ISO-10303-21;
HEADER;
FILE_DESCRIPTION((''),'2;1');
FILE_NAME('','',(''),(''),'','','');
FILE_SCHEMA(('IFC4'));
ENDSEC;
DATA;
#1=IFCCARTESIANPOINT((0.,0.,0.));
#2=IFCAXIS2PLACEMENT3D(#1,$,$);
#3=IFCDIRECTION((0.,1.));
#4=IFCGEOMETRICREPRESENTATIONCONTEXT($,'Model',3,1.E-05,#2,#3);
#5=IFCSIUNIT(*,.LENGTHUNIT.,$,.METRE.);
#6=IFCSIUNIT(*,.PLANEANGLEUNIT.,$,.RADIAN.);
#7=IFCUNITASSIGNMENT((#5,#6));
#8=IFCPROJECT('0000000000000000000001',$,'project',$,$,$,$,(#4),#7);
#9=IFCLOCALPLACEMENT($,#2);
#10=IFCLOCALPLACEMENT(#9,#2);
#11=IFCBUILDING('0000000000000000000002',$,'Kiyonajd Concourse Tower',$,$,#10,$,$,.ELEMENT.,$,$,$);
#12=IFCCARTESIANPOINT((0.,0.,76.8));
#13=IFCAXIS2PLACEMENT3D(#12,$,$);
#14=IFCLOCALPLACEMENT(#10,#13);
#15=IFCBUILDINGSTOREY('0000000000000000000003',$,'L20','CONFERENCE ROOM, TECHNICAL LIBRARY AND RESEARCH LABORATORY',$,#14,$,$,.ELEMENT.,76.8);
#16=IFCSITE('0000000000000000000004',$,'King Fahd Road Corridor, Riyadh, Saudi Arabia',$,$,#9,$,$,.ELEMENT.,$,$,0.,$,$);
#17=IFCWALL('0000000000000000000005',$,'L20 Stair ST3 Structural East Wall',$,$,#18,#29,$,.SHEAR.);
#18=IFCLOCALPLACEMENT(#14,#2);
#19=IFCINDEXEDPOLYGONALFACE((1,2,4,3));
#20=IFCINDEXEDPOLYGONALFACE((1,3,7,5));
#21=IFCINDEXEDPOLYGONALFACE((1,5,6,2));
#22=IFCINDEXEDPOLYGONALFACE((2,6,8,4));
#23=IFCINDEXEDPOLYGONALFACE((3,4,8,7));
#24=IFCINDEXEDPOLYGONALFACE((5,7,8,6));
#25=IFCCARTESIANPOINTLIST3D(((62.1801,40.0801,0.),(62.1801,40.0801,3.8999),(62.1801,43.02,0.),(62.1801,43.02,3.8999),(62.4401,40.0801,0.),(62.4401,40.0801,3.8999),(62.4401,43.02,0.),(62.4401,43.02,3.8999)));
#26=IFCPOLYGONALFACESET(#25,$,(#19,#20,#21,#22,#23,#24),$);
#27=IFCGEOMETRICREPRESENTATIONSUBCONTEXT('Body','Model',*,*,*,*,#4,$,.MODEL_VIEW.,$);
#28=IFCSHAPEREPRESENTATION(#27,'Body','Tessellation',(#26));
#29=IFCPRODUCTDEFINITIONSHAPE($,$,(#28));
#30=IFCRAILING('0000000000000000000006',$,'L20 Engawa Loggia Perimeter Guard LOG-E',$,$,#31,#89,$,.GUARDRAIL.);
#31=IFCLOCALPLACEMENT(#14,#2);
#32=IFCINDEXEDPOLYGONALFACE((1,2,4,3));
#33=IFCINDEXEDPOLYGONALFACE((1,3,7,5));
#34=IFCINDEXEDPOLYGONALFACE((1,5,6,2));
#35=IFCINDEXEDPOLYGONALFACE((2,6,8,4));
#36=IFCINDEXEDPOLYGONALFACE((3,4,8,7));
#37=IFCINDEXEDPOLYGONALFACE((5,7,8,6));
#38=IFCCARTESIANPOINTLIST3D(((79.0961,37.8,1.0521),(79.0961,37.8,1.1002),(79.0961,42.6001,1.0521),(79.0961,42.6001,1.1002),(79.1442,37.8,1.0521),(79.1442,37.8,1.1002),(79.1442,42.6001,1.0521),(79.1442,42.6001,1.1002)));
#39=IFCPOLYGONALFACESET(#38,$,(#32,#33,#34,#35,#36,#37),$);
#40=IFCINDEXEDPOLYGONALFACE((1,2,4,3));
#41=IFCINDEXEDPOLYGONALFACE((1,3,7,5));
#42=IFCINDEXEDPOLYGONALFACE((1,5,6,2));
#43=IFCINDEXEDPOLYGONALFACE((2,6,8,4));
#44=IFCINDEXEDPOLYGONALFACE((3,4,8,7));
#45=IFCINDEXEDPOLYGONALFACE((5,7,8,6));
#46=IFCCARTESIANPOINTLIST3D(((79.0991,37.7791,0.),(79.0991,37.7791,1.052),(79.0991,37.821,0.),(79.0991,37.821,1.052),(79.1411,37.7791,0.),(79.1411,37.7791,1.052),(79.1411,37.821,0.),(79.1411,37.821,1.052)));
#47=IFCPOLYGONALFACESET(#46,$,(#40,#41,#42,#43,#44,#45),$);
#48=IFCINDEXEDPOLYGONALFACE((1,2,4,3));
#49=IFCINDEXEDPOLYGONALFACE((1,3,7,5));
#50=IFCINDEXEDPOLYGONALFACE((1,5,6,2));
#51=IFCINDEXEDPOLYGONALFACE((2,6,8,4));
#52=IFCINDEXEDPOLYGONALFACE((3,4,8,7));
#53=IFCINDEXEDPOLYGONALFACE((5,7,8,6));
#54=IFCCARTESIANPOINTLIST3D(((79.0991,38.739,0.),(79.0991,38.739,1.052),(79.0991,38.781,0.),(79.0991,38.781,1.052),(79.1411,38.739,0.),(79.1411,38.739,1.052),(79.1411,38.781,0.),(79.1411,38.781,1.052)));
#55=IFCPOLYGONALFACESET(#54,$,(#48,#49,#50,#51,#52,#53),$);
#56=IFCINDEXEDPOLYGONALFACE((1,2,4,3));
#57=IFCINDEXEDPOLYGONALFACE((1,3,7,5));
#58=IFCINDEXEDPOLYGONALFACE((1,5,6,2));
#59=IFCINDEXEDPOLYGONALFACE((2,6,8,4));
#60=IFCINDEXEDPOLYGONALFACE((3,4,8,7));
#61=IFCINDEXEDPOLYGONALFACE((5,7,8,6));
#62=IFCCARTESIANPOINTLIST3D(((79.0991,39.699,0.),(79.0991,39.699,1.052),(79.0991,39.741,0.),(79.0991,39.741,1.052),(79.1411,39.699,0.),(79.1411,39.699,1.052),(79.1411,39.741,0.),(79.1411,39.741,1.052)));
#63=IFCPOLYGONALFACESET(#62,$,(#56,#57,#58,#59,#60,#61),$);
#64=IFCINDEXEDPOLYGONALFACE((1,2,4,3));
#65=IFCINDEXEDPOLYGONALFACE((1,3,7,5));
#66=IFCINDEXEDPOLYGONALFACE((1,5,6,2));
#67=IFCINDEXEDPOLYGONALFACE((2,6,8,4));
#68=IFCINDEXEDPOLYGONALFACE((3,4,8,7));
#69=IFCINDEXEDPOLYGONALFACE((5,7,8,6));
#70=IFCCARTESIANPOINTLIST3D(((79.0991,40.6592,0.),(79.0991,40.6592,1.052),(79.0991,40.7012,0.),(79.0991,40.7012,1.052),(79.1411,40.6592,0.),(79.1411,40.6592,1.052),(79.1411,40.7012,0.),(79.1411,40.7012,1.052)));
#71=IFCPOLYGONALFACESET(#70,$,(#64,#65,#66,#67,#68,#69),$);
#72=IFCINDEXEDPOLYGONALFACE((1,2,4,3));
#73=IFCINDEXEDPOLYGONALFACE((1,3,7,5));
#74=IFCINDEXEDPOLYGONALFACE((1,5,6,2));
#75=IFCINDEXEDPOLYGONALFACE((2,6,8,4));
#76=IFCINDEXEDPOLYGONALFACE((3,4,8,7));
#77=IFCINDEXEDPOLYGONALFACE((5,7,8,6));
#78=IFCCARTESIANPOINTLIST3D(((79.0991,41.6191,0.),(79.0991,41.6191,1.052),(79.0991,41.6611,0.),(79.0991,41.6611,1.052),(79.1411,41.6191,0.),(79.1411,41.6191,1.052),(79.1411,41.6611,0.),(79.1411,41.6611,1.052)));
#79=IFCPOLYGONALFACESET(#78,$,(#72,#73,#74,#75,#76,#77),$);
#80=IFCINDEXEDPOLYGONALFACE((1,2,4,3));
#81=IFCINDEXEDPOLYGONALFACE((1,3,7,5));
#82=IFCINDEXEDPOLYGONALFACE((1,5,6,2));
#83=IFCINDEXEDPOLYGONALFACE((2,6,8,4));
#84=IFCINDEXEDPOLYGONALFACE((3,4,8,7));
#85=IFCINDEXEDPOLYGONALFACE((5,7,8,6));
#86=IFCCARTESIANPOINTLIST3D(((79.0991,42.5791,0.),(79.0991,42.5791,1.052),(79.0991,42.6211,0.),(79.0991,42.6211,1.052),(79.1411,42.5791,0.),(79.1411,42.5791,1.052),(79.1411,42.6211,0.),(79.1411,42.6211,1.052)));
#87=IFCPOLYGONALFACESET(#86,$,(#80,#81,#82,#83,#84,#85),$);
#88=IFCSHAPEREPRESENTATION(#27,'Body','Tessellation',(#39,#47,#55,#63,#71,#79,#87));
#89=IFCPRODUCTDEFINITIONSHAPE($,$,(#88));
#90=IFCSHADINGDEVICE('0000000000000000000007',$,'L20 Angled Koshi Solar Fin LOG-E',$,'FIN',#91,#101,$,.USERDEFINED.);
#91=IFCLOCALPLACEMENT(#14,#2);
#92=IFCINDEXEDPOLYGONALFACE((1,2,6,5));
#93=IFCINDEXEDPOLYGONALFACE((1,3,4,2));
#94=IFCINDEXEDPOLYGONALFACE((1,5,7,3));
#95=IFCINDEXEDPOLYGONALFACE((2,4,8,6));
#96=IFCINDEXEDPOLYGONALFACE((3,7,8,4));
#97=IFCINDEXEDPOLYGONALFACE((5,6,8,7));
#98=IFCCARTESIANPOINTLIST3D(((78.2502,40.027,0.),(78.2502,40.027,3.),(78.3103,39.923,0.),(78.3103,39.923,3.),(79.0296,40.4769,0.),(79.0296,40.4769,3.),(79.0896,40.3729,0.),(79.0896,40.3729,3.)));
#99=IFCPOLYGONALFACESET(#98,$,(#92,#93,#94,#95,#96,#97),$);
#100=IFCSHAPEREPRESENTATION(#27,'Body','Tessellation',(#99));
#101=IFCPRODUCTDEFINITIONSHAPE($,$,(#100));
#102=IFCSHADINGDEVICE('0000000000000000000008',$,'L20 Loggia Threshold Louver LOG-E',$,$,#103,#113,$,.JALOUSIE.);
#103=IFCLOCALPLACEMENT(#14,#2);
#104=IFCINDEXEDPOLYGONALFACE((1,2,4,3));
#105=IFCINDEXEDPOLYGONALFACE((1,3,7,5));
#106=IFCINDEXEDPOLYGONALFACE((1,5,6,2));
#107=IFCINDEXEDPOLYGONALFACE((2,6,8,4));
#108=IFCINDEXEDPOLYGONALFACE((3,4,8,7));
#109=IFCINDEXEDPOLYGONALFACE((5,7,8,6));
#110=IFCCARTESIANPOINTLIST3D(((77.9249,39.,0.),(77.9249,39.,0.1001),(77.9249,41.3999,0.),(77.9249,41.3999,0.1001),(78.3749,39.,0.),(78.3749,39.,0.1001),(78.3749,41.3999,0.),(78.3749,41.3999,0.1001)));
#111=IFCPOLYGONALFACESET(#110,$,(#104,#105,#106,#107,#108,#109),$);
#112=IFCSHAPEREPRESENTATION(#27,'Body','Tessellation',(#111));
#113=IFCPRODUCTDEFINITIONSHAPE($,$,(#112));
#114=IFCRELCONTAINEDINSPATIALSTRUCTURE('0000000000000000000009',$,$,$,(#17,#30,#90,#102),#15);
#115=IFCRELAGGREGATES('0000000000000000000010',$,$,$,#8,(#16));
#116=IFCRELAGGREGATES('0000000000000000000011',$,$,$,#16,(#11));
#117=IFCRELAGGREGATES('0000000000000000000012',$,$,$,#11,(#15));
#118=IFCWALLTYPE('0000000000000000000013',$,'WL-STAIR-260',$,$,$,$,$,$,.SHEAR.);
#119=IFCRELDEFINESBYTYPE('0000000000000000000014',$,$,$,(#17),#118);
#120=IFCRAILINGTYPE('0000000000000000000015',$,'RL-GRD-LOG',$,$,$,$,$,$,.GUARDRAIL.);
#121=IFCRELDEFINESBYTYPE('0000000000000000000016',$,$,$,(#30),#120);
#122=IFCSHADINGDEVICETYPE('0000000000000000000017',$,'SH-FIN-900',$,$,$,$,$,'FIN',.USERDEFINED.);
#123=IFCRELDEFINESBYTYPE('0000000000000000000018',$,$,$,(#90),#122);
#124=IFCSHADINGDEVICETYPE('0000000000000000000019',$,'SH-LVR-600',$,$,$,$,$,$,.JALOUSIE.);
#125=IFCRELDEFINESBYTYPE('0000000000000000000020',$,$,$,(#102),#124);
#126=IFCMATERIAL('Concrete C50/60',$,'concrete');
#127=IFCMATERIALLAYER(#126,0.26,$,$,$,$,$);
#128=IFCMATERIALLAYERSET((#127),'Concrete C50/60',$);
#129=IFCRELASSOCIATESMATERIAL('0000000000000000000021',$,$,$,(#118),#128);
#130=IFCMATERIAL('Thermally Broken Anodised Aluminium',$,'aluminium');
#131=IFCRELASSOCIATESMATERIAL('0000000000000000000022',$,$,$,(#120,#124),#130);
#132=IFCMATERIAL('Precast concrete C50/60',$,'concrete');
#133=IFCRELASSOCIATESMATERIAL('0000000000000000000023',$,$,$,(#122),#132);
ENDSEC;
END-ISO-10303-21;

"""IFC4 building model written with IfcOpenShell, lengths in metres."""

from ifc_helpers import new_model, si_unit, direction, frame, frame_2d, origin, origin_2d, place, context, subcontext, project, spatial, rectangle, extrude, material, layer, layer_set, type_object, element, save


model = new_model("IFC4")

# Units and contexts
model_context = context("Model", 3, precision=1e-05, world=origin(), true_north=direction((0.0, 1.0)))
body_context = subcontext(model_context, "Body", "Model", "MODEL_VIEW")
ifc_project = project(units=[si_unit("LENGTHUNIT", "METRE"), si_unit("PLANEANGLEUNIT", "RADIAN")], contexts=[model_context])

# Site, building, storey
site_placement = place(None, origin())
site = spatial("IfcSite", under=ifc_project, at=site_placement, Name="King Fahd Road Corridor, Riyadh, Saudi Arabia", CompositionType="ELEMENT", RefElevation=0.0)
building_placement = place(site_placement, origin())
building = spatial("IfcBuilding", under=site, at=building_placement, Name="Kiyonajd Concourse Tower", CompositionType="ELEMENT")
storey_placement = place(building_placement, frame((0.0, 0.0, 76.8)))
storey = spatial("IfcBuildingStorey", under=building, at=storey_placement, Name="L20", Description="CONFERENCE ROOM, TECHNICAL LIBRARY AND RESEARCH LABORATORY", CompositionType="ELEMENT", Elevation=76.8)

# Shared definitions
ifc_material_1 = material(Name="Thermally Broken Anodised Aluminium", Category="aluminium")

# Shared definitions
ifc_material_2 = material(Name="Precast concrete C50/60", Category="concrete")

# Wall
ifc_material_3 = material(Name="Concrete C50/60", Category="concrete")
ifc_layer_1 = layer(ifc_material_3, 0.26)
ifc_layer_set_1 = layer_set([ifc_layer_1], Name="Concrete C50/60")
wall_type_1 = type_object("IfcWallType", Name="WL-STAIR-260", PredefinedType="SHEAR", material=ifc_layer_set_1)
wall_1_placement = place(storey_placement, frame((62.3101, 40.0801, 0.0), z_axis=(0.0, 0.0, 1.0), x_axis=(0.0, 1.0, 0.0)))
element("IfcWall", 1, at=wall_1_placement, inside=storey, type_object=wall_type_1, Name="L20 Stair ST3 Structural East Wall", PredefinedType="SHEAR", context=body_context, shape_type="SweptSolid", body=[
    extrude(rectangle(XDim=2.9399, YDim=0.26, at=frame_2d((1.47, 0.0))), origin(), (0.0, 0.0, 1.0), 3.8999),
])

# Railing
railing_type = type_object("IfcRailingType", Name="RL-GRD-LOG", PredefinedType="GUARDRAIL", material=ifc_material_1)
railing_placement = place(storey_placement, frame((79.1201, 37.8, 0.0)))
element("IfcRailing", 2, at=railing_placement, inside=storey, type_object=railing_type, Name="L20 Engawa Loggia Perimeter Guard LOG-E", PredefinedType="GUARDRAIL", context=body_context, shape_type="SweptSolid", body=[
    extrude(rectangle(XDim=0.0481, YDim=0.0481, at=origin_2d()), frame((0.0, 0.0, 1.0762), z_axis=(0.0, 1.0, 0.0), x_axis=(-1.0, 0.0, 0.0)), (0.0, 0.0, 1.0), 4.8),
    extrude(rectangle(XDim=0.042, YDim=0.042, at=origin_2d()), origin(), (0.0, 0.0, 1.0), 1.052),
    extrude(rectangle(XDim=0.042, YDim=0.042, at=origin_2d()), frame((0.0, 0.96, 0.0)), (0.0, 0.0, 1.0), 1.052),
    extrude(rectangle(XDim=0.042, YDim=0.042, at=origin_2d()), frame((0.0, 1.9199, 0.0)), (0.0, 0.0, 1.0), 1.052),
    extrude(rectangle(XDim=0.042, YDim=0.042, at=origin_2d()), frame((0.0, 2.8801, 0.0)), (0.0, 0.0, 1.0), 1.052),
    extrude(rectangle(XDim=0.042, YDim=0.042, at=origin_2d()), frame((0.0, 3.8401, 0.0)), (0.0, 0.0, 1.0), 1.052),
    extrude(rectangle(XDim=0.042, YDim=0.042, at=origin_2d()), frame((0.0, 4.8, 0.0)), (0.0, 0.0, 1.0), 1.052),
])

# Shading devices
shading_device_type_1 = type_object("IfcShadingDeviceType", Name="SH-FIN-900", ElementType="FIN", PredefinedType="USERDEFINED", material=ifc_material_2)
shading_device_1_placement = place(storey_placement, frame((78.6699, 40.2, 0.0), z_axis=(0.0, 0.0, 1.0), x_axis=(0.866025, 0.5, 0.0)))
element("IfcShadingDevice", 3, at=shading_device_1_placement, inside=storey, type_object=shading_device_type_1, Name="L20 Angled Koshi Solar Fin LOG-E", ObjectType="FIN", PredefinedType="USERDEFINED", context=body_context, shape_type="SweptSolid", body=[
    extrude(rectangle(XDim=0.8999, YDim=0.1201, at=origin_2d()), origin(), (0.0, 0.0, 1.0), 3.0),
])
shading_device_type_2 = type_object("IfcShadingDeviceType", Name="SH-LVR-600", PredefinedType="JALOUSIE", material=ifc_material_1)
shading_device_2_placement = place(storey_placement, frame((78.1499, 40.2, 0.0), z_axis=(0.0, 0.0, 1.0), x_axis=(0.0, 1.0, 0.0)))
element("IfcShadingDevice", 4, at=shading_device_2_placement, inside=storey, type_object=shading_device_type_2, Name="L20 Loggia Threshold Louver LOG-E", PredefinedType="JALOUSIE", context=body_context, shape_type="SweptSolid", body=[
    extrude(rectangle(XDim=2.3999, YDim=0.45, at=origin_2d()), origin(), (0.0, 0.0, 1.0), 0.1001),
])

save(model, "model.ifc")
